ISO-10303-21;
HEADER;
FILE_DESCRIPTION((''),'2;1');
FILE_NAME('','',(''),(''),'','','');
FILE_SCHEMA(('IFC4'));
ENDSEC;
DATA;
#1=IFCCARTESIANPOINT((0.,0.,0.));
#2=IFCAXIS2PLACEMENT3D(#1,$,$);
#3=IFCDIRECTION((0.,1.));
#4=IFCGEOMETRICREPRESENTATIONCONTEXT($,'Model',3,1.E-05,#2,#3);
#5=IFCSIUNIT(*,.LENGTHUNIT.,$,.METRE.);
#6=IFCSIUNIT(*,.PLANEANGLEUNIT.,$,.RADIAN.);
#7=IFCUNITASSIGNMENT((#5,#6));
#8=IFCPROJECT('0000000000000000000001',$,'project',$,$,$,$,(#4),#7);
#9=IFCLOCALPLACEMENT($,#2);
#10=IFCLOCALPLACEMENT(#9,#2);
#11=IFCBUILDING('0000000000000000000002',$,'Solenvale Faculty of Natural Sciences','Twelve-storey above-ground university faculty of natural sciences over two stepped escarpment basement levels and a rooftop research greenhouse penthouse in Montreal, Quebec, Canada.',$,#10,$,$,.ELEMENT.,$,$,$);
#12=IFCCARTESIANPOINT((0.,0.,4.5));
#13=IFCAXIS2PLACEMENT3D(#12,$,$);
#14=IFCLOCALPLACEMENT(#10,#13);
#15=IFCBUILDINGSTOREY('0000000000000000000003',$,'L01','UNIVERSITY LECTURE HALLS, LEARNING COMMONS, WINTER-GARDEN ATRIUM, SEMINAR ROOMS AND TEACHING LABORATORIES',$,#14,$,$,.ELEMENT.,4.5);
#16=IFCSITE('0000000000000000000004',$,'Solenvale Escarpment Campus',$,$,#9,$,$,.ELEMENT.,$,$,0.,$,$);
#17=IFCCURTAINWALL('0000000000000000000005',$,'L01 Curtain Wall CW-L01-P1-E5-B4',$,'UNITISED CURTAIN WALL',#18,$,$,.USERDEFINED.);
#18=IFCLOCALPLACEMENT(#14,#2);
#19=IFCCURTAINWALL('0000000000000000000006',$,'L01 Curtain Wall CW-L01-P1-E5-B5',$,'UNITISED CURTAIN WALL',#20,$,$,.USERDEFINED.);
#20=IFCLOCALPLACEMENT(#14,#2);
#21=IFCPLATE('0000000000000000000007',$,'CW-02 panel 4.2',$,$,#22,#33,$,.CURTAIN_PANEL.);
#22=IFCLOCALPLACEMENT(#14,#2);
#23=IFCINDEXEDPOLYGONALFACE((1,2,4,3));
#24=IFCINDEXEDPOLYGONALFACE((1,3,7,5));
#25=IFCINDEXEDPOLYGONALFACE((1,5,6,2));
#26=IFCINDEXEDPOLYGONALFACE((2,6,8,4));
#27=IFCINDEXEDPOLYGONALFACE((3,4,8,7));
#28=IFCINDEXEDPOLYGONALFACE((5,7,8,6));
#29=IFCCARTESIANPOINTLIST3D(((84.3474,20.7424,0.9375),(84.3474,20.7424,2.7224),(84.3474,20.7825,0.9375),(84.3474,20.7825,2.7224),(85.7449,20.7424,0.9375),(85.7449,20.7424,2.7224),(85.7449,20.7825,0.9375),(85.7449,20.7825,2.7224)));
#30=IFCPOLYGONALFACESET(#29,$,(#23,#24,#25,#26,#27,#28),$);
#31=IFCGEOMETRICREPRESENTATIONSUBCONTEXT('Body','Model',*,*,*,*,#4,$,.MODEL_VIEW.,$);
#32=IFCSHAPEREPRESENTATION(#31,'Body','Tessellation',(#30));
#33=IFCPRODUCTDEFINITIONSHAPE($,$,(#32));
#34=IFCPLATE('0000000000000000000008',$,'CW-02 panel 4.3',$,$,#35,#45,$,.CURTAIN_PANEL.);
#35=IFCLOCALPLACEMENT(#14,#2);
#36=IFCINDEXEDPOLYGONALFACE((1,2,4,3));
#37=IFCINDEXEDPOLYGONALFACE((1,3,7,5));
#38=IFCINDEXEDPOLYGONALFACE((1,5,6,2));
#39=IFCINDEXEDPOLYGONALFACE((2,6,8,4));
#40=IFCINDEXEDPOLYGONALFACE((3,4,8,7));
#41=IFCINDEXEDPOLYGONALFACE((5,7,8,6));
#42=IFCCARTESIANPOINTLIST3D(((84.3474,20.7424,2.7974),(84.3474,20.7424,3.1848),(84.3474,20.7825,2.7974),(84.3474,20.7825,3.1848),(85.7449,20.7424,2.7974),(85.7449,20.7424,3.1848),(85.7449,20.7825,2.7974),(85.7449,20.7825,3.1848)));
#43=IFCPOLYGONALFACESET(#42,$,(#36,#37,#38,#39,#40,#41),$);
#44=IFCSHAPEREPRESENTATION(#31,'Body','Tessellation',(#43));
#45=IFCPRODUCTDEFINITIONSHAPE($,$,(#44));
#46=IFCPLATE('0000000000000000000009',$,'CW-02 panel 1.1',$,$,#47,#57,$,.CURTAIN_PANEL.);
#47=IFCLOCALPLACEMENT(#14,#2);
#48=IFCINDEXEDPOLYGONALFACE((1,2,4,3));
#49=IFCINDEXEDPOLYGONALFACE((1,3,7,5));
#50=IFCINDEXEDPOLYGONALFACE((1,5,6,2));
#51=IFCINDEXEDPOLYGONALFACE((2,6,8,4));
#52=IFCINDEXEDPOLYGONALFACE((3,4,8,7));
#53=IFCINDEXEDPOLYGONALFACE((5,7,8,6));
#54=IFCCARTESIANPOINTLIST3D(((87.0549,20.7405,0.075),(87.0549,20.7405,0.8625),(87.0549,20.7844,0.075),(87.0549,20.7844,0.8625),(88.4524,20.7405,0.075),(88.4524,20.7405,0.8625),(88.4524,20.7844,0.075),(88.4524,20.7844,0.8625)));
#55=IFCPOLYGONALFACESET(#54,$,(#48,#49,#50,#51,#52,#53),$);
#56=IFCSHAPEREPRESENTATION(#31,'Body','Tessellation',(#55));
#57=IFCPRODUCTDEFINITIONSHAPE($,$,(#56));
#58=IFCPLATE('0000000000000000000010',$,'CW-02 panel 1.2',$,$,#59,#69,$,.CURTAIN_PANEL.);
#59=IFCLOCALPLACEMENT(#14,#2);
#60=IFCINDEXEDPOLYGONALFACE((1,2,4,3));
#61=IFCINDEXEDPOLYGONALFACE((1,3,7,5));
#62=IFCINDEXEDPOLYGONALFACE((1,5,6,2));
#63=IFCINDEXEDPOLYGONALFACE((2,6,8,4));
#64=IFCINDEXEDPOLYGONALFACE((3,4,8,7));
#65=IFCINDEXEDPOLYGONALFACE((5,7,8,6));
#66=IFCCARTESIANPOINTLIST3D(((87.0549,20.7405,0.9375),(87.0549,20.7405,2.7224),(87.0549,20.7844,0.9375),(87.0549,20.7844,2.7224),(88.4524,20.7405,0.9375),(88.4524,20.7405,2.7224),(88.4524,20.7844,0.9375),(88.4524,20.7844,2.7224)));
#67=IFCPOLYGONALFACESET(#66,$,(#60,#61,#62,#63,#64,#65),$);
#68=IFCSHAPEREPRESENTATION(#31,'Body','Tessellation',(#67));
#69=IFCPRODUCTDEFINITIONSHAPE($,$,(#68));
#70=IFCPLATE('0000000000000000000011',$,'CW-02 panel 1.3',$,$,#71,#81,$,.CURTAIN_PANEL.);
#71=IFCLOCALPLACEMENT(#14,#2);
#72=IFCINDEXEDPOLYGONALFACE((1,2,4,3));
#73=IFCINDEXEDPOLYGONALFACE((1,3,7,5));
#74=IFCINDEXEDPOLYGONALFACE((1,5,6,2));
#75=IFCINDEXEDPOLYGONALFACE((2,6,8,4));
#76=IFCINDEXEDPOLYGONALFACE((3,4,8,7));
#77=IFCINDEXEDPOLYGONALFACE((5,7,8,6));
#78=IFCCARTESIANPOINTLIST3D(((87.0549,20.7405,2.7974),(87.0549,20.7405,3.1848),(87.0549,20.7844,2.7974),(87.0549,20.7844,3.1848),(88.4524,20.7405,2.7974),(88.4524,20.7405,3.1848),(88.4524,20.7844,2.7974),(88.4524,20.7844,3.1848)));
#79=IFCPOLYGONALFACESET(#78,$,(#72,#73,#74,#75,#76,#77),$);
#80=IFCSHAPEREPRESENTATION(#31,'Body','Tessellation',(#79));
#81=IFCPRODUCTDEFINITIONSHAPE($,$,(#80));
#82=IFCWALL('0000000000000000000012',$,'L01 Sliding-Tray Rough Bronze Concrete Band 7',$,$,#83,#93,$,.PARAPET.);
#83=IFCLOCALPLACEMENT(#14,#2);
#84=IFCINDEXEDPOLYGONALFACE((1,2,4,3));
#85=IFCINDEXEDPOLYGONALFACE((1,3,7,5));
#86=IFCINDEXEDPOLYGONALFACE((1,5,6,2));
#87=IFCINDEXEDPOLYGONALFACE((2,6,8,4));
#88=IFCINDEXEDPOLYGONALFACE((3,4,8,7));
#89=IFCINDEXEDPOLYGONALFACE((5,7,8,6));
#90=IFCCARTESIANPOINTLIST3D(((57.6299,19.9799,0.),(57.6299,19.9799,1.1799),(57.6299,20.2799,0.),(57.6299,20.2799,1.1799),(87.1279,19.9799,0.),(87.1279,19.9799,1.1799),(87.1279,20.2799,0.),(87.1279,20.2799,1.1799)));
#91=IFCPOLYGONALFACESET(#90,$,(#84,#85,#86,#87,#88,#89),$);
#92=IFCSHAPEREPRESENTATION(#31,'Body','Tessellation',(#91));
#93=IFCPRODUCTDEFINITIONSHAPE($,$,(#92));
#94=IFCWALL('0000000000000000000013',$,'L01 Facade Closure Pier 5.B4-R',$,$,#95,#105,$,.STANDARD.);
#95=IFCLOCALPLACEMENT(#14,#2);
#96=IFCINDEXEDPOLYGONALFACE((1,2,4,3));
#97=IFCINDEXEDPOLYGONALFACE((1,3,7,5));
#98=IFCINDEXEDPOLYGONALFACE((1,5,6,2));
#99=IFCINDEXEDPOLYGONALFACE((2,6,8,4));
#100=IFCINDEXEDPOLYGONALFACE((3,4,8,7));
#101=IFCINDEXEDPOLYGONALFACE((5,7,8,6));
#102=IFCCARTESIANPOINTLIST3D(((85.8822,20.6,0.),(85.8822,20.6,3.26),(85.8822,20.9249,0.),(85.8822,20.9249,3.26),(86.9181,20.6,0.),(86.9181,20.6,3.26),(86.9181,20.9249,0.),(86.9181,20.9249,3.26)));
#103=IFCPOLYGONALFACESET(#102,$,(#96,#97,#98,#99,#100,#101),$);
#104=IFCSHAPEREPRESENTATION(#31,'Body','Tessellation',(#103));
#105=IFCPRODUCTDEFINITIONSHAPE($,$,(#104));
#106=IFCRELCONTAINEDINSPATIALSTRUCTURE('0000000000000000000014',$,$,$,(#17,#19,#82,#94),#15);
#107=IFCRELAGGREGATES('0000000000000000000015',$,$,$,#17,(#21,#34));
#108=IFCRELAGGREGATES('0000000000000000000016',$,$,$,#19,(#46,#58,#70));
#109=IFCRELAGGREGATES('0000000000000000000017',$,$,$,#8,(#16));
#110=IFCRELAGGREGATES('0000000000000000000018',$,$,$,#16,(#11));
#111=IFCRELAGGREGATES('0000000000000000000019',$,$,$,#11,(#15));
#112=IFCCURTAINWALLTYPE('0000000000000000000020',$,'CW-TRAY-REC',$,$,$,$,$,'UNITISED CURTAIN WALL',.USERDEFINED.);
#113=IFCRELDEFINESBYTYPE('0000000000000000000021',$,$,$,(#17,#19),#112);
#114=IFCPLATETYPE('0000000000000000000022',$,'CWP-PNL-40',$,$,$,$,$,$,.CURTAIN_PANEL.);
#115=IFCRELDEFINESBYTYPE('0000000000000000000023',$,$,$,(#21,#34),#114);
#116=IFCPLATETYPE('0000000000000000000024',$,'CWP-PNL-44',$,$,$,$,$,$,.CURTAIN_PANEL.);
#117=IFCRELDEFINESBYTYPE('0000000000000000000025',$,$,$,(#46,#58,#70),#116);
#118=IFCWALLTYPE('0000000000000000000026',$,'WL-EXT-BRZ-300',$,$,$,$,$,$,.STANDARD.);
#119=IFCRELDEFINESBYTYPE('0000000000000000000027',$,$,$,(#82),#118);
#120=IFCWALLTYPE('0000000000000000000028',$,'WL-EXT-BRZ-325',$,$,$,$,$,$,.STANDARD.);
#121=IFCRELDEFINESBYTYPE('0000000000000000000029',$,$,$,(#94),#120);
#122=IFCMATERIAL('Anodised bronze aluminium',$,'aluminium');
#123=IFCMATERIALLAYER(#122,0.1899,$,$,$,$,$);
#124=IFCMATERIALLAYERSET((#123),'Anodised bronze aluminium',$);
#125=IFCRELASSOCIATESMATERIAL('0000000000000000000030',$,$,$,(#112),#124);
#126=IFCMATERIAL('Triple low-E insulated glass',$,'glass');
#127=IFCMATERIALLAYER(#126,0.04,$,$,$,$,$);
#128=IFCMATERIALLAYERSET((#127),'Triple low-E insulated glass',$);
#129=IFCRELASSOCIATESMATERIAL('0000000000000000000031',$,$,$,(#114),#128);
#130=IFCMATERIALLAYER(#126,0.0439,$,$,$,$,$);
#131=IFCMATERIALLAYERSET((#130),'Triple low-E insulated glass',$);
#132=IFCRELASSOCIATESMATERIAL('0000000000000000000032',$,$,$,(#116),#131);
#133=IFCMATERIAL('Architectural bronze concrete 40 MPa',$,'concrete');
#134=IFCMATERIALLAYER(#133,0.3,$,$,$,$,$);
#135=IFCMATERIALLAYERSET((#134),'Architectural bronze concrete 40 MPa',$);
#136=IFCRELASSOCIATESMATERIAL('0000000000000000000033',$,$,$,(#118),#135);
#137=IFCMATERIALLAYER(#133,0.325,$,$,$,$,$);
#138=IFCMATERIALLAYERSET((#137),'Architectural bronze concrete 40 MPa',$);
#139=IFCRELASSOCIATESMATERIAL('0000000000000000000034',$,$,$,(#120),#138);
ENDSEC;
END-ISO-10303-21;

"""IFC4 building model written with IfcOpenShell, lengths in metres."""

from ifc_helpers import new_model, si_unit, direction, frame, frame_2d, origin, origin_2d, place, context, subcontext, project, spatial, rectangle, extrude, material, layer, layer_set, type_object, element, aggregate, save


model = new_model("IFC4")

# Units and contexts
model_context = context("Model", 3, precision=1e-05, world=origin(), true_north=direction((0.0, 1.0)))
body_context = subcontext(model_context, "Body", "Model", "MODEL_VIEW")
ifc_project = project(units=[si_unit("LENGTHUNIT", "METRE"), si_unit("PLANEANGLEUNIT", "RADIAN")], contexts=[model_context])

# Site, building, storey
site_placement = place(None, origin())
site = spatial("IfcSite", under=ifc_project, at=site_placement, Name="Solenvale Escarpment Campus", CompositionType="ELEMENT", RefElevation=0.0)
building_placement = place(site_placement, origin())
building = spatial("IfcBuilding", under=site, at=building_placement, Name="Solenvale Faculty of Natural Sciences", Description="Twelve-storey above-ground university faculty of natural sciences over two stepped escarpment basement levels and a rooftop research greenhouse penthouse in Montreal, Quebec, Canada.", CompositionType="ELEMENT")
storey_placement = place(building_placement, frame((0.0, 0.0, 4.5)))
storey = spatial("IfcBuildingStorey", under=building, at=storey_placement, Name="L01", Description="UNIVERSITY LECTURE HALLS, LEARNING COMMONS, WINTER-GARDEN ATRIUM, SEMINAR ROOMS AND TEACHING LABORATORIES", CompositionType="ELEMENT", Elevation=4.5)

# Shared definitions
ifc_material_1 = material(Name="Architectural bronze concrete 40 MPa", Category="concrete")

# Curtain walls
ifc_material_2 = material(Name="Anodised bronze aluminium", Category="aluminium")
ifc_layer_1 = layer(ifc_material_2, 0.1899)
ifc_layer_set_1 = layer_set([ifc_layer_1], Name="Anodised bronze aluminium")
curtain_wall_type = type_object("IfcCurtainWallType", Name="CW-TRAY-REC", ElementType="UNITISED CURTAIN WALL", PredefinedType="USERDEFINED", material=ifc_layer_set_1)
curtain_wall_1_placement = place(storey_placement, origin())
curtain_wall_1 = element("IfcCurtainWall", 1, at=curtain_wall_1_placement, inside=storey, type_object=curtain_wall_type, Name="L01 Curtain Wall CW-L01-P1-E5-B4", ObjectType="UNITISED CURTAIN WALL", PredefinedType="USERDEFINED")
curtain_wall_2_placement = place(storey_placement, origin())
curtain_wall_2 = element("IfcCurtainWall", 2, at=curtain_wall_2_placement, inside=storey, type_object=curtain_wall_type, Name="L01 Curtain Wall CW-L01-P1-E5-B5", ObjectType="UNITISED CURTAIN WALL", PredefinedType="USERDEFINED")

# Plates
ifc_material_3 = material(Name="Triple low-E insulated glass", Category="glass")
ifc_layer_2 = layer(ifc_material_3, 0.04)
ifc_layer_set_2 = layer_set([ifc_layer_2], Name="Triple low-E insulated glass")
plate_type_1 = type_object("IfcPlateType", Name="CWP-PNL-40", PredefinedType="CURTAIN_PANEL", material=ifc_layer_set_2)
plate_1_placement = place(storey_placement, frame((85.0461, 20.7625, 0.9375), z_axis=(0.0, 0.0, 1.0), x_axis=(1.0, 0.0, 0.0)))
plate_1 = element("IfcPlate", 3, at=plate_1_placement, type_object=plate_type_1, Name="CW-02 panel 4.2", PredefinedType="CURTAIN_PANEL", context=body_context, shape_type="SweptSolid", body=[
    extrude(rectangle(XDim=1.3975, YDim=0.04, at=origin_2d()), origin(), (0.0, 0.0, 1.0), 1.7849),
])
plate_2_placement = place(storey_placement, frame((85.0461, 20.7625, 2.7974), z_axis=(0.0, 0.0, 1.0), x_axis=(1.0, 0.0, 0.0)))
plate_2 = element("IfcPlate", 4, at=plate_2_placement, type_object=plate_type_1, Name="CW-02 panel 4.3", PredefinedType="CURTAIN_PANEL", context=body_context, shape_type="SweptSolid", body=[
    extrude(rectangle(XDim=1.3975, YDim=0.04, at=origin_2d()), origin(), (0.0, 0.0, 1.0), 0.3875),
])
aggregate(curtain_wall_1, [plate_1, plate_2])
ifc_layer_3 = layer(ifc_material_3, 0.0439)
ifc_layer_set_3 = layer_set([ifc_layer_3], Name="Triple low-E insulated glass")
plate_type_2 = type_object("IfcPlateType", Name="CWP-PNL-44", PredefinedType="CURTAIN_PANEL", material=ifc_layer_set_3)
plate_3_placement = place(storey_placement, frame((87.7537, 20.7625, 0.075), z_axis=(0.0, 0.0, 1.0), x_axis=(1.0, 0.0, 0.0)))
plate_3 = element("IfcPlate", 5, at=plate_3_placement, type_object=plate_type_2, Name="CW-02 panel 1.1", PredefinedType="CURTAIN_PANEL", context=body_context, shape_type="SweptSolid", body=[
    extrude(rectangle(XDim=1.3975, YDim=0.0439, at=origin_2d()), origin(), (0.0, 0.0, 1.0), 0.7876),
])
plate_4_placement = place(storey_placement, frame((87.7537, 20.7625, 0.9375), z_axis=(0.0, 0.0, 1.0), x_axis=(1.0, 0.0, 0.0)))
plate_4 = element("IfcPlate", 6, at=plate_4_placement, type_object=plate_type_2, Name="CW-02 panel 1.2", PredefinedType="CURTAIN_PANEL", context=body_context, shape_type="SweptSolid", body=[
    extrude(rectangle(XDim=1.3975, YDim=0.0439, at=origin_2d()), origin(), (0.0, 0.0, 1.0), 1.7849),
])
plate_5_placement = place(storey_placement, frame((87.7537, 20.7625, 2.7974), z_axis=(0.0, 0.0, 1.0), x_axis=(1.0, 0.0, 0.0)))
plate_5 = element("IfcPlate", 7, at=plate_5_placement, type_object=plate_type_2, Name="CW-02 panel 1.3", PredefinedType="CURTAIN_PANEL", context=body_context, shape_type="SweptSolid", body=[
    extrude(rectangle(XDim=1.3975, YDim=0.0439, at=origin_2d()), origin(), (0.0, 0.0, 1.0), 0.3875),
])
aggregate(curtain_wall_2, [plate_3, plate_4, plate_5])

# Walls
ifc_layer_4 = layer(ifc_material_1, 0.3)
ifc_layer_set_4 = layer_set([ifc_layer_4], Name="Architectural bronze concrete 40 MPa")
wall_type_1 = type_object("IfcWallType", Name="WL-EXT-BRZ-300", PredefinedType="STANDARD", material=ifc_layer_set_4)
wall_1_placement = place(storey_placement, frame((87.1279, 20.1299, 0.0), z_axis=(0.0, 0.0, 1.0), x_axis=(-1.0, 0.0, 0.0)))
element("IfcWall", 8, at=wall_1_placement, inside=storey, type_object=wall_type_1, Name="L01 Sliding-Tray Rough Bronze Concrete Band 7", PredefinedType="PARAPET", context=body_context, shape_type="SweptSolid", body=[
    extrude(rectangle(XDim=29.498, YDim=0.3, at=frame_2d((14.749, 0.0))), origin(), (0.0, 0.0, 1.0), 1.1799),
])
ifc_layer_5 = layer(ifc_material_1, 0.325)
ifc_layer_set_5 = layer_set([ifc_layer_5], Name="Architectural bronze concrete 40 MPa")
wall_type_2 = type_object("IfcWallType", Name="WL-EXT-BRZ-325", PredefinedType="STANDARD", material=ifc_layer_set_5)
wall_2_placement = place(storey_placement, frame((85.8821, 20.7625, 0.0), z_axis=(0.0, 0.0, 1.0), x_axis=(1.0, 0.0, 0.0)))
element("IfcWall", 9, at=wall_2_placement, inside=storey, type_object=wall_type_2, Name="L01 Facade Closure Pier 5.B4-R", PredefinedType="STANDARD", context=body_context, shape_type="SweptSolid", body=[
    extrude(rectangle(XDim=1.0359, YDim=0.325, at=frame_2d((0.5181, 0.0))), origin(), (0.0, 0.0, 1.0), 3.26),
])

save(model, "model.ifc")
